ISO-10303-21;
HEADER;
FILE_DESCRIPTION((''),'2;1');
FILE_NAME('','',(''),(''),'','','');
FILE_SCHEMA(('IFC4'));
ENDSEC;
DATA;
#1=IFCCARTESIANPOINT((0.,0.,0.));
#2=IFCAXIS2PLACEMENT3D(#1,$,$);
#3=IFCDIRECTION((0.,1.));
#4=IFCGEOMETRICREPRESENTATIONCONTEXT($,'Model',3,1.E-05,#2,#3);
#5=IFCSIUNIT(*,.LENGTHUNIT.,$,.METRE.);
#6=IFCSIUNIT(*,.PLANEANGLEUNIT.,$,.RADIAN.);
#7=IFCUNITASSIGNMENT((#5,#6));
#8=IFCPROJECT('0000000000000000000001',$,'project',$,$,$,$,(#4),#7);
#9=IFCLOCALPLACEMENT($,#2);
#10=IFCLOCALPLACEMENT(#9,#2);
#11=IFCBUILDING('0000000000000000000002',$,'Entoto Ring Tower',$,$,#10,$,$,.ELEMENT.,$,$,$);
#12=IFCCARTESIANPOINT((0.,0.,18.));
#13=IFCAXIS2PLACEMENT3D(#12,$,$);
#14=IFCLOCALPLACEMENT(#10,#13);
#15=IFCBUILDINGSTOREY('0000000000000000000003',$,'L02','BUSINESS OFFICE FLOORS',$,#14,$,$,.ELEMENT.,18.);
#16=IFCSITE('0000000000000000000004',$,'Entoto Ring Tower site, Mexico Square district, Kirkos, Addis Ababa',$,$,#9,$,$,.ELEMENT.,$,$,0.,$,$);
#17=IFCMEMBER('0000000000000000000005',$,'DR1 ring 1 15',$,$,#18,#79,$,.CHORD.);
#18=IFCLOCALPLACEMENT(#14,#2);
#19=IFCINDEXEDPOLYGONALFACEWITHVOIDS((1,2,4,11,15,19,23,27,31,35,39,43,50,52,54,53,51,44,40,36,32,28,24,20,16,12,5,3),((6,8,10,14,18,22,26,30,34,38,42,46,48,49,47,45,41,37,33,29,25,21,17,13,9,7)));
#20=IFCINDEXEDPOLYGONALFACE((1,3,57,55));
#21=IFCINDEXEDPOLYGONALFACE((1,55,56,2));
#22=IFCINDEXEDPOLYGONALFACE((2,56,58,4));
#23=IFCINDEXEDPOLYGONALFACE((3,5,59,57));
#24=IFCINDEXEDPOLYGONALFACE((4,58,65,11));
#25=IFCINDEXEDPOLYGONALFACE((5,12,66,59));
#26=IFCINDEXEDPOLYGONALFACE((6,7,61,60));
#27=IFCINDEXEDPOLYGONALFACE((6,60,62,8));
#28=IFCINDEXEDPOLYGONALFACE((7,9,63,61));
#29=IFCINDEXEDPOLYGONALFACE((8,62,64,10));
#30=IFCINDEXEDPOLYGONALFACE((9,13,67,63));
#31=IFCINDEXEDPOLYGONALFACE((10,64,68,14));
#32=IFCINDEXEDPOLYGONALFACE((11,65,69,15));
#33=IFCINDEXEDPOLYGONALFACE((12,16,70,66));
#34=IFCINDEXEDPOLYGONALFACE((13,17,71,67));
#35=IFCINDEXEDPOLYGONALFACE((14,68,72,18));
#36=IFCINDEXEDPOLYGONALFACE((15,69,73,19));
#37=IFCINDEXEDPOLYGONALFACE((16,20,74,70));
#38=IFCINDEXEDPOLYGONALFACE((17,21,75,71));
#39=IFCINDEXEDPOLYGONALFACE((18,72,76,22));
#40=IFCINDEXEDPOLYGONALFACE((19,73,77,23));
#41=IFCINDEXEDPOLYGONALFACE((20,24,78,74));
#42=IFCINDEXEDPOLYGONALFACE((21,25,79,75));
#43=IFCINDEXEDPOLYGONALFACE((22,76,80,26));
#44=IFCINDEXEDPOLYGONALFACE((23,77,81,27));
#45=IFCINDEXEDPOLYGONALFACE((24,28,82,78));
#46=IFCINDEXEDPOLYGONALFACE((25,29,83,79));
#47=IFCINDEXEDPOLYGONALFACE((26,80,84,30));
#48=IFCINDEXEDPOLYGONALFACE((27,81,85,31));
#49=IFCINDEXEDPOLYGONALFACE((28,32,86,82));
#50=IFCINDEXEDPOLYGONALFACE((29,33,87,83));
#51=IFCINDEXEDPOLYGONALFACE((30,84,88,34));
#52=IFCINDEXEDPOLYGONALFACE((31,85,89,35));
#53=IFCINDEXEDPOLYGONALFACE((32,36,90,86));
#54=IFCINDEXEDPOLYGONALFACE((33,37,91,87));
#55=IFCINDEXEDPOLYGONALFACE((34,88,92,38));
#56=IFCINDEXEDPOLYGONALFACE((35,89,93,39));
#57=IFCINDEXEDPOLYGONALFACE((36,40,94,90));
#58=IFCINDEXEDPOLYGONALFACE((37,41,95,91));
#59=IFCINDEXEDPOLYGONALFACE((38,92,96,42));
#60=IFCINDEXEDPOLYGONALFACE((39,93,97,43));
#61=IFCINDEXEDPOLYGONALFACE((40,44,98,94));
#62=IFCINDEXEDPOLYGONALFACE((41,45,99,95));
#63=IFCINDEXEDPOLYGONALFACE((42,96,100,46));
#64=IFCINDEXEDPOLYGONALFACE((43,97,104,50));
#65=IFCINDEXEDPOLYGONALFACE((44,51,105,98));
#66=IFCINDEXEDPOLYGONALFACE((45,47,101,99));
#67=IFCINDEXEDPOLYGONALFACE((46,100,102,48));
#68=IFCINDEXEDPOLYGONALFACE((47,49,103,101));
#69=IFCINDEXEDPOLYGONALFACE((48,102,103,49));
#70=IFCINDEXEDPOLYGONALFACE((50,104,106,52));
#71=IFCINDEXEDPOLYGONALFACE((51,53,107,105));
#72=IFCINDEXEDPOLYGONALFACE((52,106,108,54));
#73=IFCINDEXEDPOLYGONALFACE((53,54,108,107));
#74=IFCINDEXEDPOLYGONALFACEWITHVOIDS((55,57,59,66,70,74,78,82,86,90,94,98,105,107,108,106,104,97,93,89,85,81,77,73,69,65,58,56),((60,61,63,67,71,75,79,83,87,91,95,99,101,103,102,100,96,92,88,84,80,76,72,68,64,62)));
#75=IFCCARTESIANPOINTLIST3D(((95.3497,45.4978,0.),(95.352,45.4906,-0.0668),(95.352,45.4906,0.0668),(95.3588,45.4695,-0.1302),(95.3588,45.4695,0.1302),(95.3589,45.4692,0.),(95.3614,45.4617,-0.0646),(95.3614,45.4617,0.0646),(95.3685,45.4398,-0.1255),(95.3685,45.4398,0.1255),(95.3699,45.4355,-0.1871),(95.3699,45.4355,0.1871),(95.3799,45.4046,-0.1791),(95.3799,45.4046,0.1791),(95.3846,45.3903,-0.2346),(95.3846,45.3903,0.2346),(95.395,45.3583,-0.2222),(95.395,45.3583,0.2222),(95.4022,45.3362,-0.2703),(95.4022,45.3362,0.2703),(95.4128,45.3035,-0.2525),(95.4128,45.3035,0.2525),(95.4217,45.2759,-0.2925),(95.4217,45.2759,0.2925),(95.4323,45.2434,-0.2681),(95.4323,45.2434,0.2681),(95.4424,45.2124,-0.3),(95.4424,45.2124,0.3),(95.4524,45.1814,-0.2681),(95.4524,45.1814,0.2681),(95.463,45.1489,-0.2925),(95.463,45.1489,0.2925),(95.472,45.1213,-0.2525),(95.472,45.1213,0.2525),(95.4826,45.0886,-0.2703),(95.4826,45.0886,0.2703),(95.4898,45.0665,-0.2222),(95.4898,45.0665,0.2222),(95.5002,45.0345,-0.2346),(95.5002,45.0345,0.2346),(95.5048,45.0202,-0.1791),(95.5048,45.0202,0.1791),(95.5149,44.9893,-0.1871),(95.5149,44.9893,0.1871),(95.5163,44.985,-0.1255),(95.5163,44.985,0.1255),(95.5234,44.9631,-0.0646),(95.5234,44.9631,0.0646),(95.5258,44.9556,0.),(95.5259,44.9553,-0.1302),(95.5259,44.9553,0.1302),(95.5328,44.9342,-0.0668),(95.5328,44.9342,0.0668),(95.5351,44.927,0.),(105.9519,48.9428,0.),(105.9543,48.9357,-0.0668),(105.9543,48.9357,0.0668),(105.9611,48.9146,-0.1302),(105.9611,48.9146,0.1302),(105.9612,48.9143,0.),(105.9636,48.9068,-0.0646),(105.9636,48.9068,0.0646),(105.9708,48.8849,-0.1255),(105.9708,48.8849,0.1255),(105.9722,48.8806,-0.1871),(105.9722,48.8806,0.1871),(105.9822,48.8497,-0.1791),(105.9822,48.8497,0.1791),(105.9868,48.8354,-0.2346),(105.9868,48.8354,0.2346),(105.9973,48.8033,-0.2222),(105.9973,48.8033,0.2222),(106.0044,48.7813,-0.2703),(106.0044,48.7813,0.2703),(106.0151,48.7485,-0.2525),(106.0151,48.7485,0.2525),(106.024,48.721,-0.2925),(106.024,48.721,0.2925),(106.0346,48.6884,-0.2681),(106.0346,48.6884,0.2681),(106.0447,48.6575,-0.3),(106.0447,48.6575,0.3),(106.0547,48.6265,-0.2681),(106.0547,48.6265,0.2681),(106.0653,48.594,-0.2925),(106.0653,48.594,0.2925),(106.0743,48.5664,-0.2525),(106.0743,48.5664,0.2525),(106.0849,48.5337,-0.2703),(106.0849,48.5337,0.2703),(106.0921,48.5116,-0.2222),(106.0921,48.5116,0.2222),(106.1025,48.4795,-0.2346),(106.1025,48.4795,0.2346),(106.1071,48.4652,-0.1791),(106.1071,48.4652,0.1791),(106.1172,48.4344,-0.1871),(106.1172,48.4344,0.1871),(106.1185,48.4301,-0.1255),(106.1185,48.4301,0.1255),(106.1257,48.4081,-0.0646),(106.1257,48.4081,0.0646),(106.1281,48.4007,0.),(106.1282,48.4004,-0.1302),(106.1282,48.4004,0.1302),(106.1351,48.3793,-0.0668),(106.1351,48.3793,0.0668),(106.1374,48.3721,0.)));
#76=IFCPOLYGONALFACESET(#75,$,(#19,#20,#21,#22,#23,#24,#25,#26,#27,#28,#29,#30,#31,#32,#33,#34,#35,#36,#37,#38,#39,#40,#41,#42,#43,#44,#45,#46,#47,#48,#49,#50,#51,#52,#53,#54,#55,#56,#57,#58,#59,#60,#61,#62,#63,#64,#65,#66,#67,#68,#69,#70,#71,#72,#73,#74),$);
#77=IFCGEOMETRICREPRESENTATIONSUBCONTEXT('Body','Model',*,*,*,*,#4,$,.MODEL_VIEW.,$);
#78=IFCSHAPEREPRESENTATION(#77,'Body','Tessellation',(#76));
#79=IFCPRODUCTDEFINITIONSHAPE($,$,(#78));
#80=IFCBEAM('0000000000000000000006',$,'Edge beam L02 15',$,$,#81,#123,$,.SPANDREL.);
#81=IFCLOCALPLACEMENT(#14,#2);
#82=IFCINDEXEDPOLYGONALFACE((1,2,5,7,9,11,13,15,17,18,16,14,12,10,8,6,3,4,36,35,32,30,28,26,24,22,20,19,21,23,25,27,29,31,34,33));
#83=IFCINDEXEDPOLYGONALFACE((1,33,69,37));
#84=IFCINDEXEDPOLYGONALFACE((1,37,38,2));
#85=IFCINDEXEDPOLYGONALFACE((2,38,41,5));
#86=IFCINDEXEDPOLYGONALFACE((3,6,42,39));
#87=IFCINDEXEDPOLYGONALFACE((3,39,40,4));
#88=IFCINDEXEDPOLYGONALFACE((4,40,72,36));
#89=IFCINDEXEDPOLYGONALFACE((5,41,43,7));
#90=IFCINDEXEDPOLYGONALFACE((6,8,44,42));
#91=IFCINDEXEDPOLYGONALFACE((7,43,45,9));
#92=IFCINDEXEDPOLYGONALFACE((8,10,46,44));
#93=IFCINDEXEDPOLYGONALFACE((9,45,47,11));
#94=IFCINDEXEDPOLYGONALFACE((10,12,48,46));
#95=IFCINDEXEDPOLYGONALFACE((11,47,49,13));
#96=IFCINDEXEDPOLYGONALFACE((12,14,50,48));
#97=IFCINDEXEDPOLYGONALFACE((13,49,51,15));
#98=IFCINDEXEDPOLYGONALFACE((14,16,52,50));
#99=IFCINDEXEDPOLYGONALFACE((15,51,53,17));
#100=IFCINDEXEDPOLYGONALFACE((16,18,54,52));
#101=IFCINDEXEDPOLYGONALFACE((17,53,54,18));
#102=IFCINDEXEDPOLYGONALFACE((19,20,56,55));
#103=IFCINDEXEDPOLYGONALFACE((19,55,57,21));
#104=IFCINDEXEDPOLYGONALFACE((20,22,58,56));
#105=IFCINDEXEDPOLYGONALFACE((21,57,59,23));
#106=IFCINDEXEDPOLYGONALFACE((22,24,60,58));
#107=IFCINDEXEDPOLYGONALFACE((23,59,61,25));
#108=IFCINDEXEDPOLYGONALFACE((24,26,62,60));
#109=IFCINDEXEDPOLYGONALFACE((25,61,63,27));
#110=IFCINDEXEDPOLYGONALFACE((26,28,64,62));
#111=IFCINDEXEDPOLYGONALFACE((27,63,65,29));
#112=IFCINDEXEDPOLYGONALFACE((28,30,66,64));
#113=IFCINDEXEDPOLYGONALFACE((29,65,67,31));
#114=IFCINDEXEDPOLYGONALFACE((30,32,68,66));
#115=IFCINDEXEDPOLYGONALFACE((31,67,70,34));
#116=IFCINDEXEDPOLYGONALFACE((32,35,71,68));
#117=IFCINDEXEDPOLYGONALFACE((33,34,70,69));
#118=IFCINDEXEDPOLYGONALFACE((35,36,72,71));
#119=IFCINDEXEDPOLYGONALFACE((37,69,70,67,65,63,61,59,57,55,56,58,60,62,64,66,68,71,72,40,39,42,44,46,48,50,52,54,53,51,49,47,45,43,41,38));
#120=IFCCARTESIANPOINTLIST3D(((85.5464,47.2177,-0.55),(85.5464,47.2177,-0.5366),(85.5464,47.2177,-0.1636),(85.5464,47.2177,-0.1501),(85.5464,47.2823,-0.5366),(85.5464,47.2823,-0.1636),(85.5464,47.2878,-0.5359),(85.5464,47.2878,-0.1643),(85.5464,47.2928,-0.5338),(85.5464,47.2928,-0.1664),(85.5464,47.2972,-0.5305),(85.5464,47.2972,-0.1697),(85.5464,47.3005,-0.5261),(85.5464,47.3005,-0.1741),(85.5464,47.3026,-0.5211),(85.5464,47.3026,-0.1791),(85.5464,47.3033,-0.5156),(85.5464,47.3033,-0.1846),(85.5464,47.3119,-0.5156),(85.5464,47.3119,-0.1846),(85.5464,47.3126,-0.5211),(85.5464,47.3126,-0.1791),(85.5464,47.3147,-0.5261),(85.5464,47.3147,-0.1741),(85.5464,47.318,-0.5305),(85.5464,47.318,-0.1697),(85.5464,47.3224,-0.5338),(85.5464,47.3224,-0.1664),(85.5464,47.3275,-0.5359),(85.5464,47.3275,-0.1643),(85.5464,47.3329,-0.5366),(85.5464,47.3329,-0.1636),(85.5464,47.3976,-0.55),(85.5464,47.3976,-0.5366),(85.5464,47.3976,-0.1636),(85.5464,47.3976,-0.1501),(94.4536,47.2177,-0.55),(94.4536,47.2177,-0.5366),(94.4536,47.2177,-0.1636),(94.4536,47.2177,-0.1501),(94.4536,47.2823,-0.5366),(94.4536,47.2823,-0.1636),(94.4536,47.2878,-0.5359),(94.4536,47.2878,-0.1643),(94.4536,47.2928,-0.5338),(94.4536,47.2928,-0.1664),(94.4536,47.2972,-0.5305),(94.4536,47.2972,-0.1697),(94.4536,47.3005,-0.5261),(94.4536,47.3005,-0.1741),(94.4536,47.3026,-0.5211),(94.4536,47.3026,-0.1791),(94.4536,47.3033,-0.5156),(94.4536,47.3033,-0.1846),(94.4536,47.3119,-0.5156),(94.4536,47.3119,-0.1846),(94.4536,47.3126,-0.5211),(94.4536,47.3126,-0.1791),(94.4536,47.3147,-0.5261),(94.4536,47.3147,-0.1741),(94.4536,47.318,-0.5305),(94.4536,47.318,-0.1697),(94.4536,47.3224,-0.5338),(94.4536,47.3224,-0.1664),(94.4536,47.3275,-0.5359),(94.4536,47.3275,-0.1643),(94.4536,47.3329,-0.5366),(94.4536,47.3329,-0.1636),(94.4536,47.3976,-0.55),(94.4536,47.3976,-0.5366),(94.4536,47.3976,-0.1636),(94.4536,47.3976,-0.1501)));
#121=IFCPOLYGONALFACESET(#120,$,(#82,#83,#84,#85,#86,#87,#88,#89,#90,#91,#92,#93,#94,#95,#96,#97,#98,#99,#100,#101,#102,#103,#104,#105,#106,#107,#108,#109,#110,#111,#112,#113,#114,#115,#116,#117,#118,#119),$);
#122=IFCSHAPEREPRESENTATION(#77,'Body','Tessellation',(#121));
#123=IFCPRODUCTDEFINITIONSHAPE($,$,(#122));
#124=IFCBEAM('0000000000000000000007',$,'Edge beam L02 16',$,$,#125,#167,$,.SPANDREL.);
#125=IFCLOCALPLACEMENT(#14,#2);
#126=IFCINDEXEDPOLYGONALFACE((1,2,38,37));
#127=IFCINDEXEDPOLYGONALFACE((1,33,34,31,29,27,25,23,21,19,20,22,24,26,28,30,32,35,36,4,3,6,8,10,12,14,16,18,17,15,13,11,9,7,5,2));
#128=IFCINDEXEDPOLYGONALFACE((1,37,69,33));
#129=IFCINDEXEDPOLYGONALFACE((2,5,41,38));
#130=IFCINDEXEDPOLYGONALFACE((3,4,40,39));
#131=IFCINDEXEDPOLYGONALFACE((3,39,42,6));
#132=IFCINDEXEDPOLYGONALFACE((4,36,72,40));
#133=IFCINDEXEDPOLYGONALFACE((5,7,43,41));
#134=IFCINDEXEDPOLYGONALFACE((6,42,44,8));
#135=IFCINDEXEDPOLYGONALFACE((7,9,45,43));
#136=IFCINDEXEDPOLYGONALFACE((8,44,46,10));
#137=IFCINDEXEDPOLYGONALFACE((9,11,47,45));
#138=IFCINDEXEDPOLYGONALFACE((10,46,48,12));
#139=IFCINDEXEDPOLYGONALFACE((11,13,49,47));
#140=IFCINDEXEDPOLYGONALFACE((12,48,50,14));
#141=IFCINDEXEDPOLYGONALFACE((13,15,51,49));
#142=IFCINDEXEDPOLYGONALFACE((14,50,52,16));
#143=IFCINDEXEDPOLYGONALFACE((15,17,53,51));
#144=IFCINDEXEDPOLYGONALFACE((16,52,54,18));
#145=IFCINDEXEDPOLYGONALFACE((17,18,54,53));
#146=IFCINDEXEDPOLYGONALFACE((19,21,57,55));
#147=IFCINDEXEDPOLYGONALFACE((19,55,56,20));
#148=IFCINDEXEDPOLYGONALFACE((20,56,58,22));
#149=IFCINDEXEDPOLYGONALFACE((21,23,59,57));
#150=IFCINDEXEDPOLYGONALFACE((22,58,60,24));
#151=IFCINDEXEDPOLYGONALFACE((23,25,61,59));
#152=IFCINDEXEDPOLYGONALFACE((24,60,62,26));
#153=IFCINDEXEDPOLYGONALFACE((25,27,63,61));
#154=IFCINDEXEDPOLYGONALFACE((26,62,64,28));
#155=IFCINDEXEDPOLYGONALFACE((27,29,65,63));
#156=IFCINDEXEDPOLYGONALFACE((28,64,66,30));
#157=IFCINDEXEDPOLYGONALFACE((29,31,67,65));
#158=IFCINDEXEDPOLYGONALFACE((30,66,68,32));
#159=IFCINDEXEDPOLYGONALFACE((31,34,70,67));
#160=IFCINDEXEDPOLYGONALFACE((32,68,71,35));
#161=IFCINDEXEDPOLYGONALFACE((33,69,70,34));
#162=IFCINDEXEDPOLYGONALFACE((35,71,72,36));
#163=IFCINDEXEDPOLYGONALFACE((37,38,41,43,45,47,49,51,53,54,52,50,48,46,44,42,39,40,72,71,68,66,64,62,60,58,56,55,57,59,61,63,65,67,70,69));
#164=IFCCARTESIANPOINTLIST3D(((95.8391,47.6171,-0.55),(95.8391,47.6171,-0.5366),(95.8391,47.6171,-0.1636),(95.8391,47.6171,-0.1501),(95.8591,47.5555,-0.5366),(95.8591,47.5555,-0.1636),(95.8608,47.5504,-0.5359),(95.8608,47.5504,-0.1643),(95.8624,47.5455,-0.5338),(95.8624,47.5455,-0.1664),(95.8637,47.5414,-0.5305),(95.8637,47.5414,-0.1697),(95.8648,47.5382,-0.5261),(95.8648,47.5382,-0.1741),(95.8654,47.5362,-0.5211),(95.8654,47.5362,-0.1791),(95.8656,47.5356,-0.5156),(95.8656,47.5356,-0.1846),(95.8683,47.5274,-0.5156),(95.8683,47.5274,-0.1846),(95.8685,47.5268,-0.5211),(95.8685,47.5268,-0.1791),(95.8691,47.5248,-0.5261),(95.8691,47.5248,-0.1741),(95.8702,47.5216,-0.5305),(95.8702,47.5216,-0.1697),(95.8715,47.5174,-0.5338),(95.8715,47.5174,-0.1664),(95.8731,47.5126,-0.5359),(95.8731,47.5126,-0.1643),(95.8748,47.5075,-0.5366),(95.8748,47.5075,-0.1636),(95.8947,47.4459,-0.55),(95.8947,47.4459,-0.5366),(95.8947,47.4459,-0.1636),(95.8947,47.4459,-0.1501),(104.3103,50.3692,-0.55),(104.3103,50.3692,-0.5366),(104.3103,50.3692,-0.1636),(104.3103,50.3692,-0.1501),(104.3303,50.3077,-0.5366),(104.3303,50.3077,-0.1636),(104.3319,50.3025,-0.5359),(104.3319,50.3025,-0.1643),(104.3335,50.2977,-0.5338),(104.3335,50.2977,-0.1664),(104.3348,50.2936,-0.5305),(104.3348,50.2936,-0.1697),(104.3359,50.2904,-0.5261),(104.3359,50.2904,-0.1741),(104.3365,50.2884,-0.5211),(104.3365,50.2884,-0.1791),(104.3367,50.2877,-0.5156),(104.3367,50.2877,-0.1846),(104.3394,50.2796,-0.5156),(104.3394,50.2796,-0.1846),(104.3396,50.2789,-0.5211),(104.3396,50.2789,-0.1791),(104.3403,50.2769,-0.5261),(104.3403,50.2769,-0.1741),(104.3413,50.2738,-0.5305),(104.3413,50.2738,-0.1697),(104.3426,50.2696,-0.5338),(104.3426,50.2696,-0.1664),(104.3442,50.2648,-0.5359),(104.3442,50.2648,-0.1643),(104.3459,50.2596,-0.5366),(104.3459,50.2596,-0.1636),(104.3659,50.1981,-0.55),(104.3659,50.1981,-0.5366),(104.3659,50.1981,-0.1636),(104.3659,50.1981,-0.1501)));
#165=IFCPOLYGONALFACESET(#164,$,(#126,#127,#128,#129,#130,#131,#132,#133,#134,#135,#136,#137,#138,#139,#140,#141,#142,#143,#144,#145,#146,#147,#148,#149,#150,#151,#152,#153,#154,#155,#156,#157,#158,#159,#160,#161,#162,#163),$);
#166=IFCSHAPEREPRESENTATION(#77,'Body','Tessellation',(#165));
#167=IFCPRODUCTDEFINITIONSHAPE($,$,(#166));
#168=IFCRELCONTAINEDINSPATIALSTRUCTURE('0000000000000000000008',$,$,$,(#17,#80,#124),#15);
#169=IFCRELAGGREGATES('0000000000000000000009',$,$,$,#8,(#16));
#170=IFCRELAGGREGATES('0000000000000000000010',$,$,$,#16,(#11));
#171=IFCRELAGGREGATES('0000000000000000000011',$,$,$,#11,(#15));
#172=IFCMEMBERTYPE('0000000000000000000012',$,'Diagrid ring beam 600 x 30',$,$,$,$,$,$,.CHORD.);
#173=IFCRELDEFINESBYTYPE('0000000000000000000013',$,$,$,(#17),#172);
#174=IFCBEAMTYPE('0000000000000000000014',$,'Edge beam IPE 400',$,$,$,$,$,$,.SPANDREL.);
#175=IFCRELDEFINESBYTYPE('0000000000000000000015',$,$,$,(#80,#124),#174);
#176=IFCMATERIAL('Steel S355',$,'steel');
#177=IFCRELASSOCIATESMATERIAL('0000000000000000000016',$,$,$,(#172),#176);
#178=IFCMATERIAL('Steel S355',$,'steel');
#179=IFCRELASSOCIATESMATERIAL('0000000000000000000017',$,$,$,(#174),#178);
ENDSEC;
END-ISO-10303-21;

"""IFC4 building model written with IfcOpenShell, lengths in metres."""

from ifc_helpers import new_model, si_unit, direction, frame, origin, origin_2d, place, context, subcontext, project, spatial, circle, hollow_circle, i_section, extrude, material, material_profile, profile_set, type_object, element, save


model = new_model("IFC4")

# Units and contexts
model_context = context("Model", 3, precision=1e-05, world=origin(), true_north=direction((0.0, 1.0)))
body_context = subcontext(model_context, "Body", "Model", "MODEL_VIEW")
ifc_project = project(units=[si_unit("LENGTHUNIT", "METRE"), si_unit("PLANEANGLEUNIT", "RADIAN")], contexts=[model_context])

# Site, building, storey
site_placement = place(None, origin())
site = spatial("IfcSite", under=ifc_project, at=site_placement, Name="Entoto Ring Tower site, Mexico Square district, Kirkos, Addis Ababa", CompositionType="ELEMENT", RefElevation=0.0)
building_placement = place(site_placement, origin())
building = spatial("IfcBuilding", under=site, at=building_placement, Name="Entoto Ring Tower", CompositionType="ELEMENT")
storey_placement = place(building_placement, frame((0.0, 0.0, 18.0)))
storey = spatial("IfcBuildingStorey", under=building, at=storey_placement, Name="L02", Description="BUSINESS OFFICE FLOORS", CompositionType="ELEMENT", Elevation=18.0)

# Member
ifc_material_1 = material(Name="Steel S355", Category="steel")
ifc_material_profile_1 = material_profile(ifc_material_1, hollow_circle(Radius=0.3, WallThickness=0.03, at=origin_2d()), Name="CHS 600 x 30")
ifc_material_2 = material(Name="Concrete C60/75", Category="concrete")
ifc_material_profile_2 = material_profile(ifc_material_2, circle(Radius=0.27, at=origin_2d()), Name="Concrete C60/75 infill")
ifc_profile_set_1 = profile_set([ifc_material_profile_1, ifc_material_profile_2], Name="Steel S355")
member_type_1 = type_object("IfcMemberType", Name="Diagrid ring beam 600 x 30", PredefinedType="CHORD", material=ifc_profile_set_1)
member_1_placement = place(storey_placement, frame((95.4424, 45.2124, 0.0), z_axis=(0.951052, 0.309031, 0.0), x_axis=(-0.309031, 0.951052, 0.0)))
element("IfcMember", 1, at=member_1_placement, inside=storey, type_object=member_type_1, Name="DR1 ring 1 15", PredefinedType="CHORD", context=body_context, shape_type="SweptSolid", body=[
    extrude(hollow_circle(Radius=0.3, WallThickness=0.03, at=origin_2d()), origin(), (0.0, 0.0, 1.0), 11.1479),
])

# Beams
ifc_material_3 = material(Name="Steel S355", Category="steel")
ifc_material_profile_3 = material_profile(ifc_material_3, i_section(OverallWidth=0.1799, OverallDepth=0.3999, WebThickness=0.0085, FlangeThickness=0.0134, FilletRadius=0.021, at=origin_2d()), Name="IPE 400")
ifc_profile_set_2 = profile_set([ifc_material_profile_3], Name="Steel S355")
beam_type_1 = type_object("IfcBeamType", Name="Edge beam IPE 400", PredefinedType="SPANDREL", material=ifc_profile_set_2)
beam_1_placement = place(storey_placement, frame((85.5464, 47.3076, -0.3501), z_axis=(1.0, 0.0, 0.0), x_axis=(0.0, 1.0, 0.0)))
element("IfcBeam", 2, at=beam_1_placement, inside=storey, type_object=beam_type_1, Name="Edge beam L02 15", PredefinedType="SPANDREL", context=body_context, shape_type="SweptSolid", body=[
    extrude(i_section(OverallWidth=0.1799, OverallDepth=0.3999, WebThickness=0.0085, FlangeThickness=0.0134, FilletRadius=0.021, at=origin_2d()), origin(), (0.0, 0.0, 1.0), 8.9072),
])
beam_2_placement = place(storey_placement, frame((95.8669, 47.5315, -0.3501), z_axis=(0.951065, 0.308991, 0.0), x_axis=(-0.308991, 0.951065, 0.0)))
element("IfcBeam", 3, at=beam_2_placement, inside=storey, type_object=beam_type_1, Name="Edge beam L02 16", PredefinedType="SPANDREL", context=body_context, shape_type="SweptSolid", body=[
    extrude(i_section(OverallWidth=0.1799, OverallDepth=0.3999, WebThickness=0.0085, FlangeThickness=0.0134, FilletRadius=0.021, at=origin_2d()), origin(), (0.0, 0.0, 1.0), 8.907),
])

save(model, "model.ifc")
